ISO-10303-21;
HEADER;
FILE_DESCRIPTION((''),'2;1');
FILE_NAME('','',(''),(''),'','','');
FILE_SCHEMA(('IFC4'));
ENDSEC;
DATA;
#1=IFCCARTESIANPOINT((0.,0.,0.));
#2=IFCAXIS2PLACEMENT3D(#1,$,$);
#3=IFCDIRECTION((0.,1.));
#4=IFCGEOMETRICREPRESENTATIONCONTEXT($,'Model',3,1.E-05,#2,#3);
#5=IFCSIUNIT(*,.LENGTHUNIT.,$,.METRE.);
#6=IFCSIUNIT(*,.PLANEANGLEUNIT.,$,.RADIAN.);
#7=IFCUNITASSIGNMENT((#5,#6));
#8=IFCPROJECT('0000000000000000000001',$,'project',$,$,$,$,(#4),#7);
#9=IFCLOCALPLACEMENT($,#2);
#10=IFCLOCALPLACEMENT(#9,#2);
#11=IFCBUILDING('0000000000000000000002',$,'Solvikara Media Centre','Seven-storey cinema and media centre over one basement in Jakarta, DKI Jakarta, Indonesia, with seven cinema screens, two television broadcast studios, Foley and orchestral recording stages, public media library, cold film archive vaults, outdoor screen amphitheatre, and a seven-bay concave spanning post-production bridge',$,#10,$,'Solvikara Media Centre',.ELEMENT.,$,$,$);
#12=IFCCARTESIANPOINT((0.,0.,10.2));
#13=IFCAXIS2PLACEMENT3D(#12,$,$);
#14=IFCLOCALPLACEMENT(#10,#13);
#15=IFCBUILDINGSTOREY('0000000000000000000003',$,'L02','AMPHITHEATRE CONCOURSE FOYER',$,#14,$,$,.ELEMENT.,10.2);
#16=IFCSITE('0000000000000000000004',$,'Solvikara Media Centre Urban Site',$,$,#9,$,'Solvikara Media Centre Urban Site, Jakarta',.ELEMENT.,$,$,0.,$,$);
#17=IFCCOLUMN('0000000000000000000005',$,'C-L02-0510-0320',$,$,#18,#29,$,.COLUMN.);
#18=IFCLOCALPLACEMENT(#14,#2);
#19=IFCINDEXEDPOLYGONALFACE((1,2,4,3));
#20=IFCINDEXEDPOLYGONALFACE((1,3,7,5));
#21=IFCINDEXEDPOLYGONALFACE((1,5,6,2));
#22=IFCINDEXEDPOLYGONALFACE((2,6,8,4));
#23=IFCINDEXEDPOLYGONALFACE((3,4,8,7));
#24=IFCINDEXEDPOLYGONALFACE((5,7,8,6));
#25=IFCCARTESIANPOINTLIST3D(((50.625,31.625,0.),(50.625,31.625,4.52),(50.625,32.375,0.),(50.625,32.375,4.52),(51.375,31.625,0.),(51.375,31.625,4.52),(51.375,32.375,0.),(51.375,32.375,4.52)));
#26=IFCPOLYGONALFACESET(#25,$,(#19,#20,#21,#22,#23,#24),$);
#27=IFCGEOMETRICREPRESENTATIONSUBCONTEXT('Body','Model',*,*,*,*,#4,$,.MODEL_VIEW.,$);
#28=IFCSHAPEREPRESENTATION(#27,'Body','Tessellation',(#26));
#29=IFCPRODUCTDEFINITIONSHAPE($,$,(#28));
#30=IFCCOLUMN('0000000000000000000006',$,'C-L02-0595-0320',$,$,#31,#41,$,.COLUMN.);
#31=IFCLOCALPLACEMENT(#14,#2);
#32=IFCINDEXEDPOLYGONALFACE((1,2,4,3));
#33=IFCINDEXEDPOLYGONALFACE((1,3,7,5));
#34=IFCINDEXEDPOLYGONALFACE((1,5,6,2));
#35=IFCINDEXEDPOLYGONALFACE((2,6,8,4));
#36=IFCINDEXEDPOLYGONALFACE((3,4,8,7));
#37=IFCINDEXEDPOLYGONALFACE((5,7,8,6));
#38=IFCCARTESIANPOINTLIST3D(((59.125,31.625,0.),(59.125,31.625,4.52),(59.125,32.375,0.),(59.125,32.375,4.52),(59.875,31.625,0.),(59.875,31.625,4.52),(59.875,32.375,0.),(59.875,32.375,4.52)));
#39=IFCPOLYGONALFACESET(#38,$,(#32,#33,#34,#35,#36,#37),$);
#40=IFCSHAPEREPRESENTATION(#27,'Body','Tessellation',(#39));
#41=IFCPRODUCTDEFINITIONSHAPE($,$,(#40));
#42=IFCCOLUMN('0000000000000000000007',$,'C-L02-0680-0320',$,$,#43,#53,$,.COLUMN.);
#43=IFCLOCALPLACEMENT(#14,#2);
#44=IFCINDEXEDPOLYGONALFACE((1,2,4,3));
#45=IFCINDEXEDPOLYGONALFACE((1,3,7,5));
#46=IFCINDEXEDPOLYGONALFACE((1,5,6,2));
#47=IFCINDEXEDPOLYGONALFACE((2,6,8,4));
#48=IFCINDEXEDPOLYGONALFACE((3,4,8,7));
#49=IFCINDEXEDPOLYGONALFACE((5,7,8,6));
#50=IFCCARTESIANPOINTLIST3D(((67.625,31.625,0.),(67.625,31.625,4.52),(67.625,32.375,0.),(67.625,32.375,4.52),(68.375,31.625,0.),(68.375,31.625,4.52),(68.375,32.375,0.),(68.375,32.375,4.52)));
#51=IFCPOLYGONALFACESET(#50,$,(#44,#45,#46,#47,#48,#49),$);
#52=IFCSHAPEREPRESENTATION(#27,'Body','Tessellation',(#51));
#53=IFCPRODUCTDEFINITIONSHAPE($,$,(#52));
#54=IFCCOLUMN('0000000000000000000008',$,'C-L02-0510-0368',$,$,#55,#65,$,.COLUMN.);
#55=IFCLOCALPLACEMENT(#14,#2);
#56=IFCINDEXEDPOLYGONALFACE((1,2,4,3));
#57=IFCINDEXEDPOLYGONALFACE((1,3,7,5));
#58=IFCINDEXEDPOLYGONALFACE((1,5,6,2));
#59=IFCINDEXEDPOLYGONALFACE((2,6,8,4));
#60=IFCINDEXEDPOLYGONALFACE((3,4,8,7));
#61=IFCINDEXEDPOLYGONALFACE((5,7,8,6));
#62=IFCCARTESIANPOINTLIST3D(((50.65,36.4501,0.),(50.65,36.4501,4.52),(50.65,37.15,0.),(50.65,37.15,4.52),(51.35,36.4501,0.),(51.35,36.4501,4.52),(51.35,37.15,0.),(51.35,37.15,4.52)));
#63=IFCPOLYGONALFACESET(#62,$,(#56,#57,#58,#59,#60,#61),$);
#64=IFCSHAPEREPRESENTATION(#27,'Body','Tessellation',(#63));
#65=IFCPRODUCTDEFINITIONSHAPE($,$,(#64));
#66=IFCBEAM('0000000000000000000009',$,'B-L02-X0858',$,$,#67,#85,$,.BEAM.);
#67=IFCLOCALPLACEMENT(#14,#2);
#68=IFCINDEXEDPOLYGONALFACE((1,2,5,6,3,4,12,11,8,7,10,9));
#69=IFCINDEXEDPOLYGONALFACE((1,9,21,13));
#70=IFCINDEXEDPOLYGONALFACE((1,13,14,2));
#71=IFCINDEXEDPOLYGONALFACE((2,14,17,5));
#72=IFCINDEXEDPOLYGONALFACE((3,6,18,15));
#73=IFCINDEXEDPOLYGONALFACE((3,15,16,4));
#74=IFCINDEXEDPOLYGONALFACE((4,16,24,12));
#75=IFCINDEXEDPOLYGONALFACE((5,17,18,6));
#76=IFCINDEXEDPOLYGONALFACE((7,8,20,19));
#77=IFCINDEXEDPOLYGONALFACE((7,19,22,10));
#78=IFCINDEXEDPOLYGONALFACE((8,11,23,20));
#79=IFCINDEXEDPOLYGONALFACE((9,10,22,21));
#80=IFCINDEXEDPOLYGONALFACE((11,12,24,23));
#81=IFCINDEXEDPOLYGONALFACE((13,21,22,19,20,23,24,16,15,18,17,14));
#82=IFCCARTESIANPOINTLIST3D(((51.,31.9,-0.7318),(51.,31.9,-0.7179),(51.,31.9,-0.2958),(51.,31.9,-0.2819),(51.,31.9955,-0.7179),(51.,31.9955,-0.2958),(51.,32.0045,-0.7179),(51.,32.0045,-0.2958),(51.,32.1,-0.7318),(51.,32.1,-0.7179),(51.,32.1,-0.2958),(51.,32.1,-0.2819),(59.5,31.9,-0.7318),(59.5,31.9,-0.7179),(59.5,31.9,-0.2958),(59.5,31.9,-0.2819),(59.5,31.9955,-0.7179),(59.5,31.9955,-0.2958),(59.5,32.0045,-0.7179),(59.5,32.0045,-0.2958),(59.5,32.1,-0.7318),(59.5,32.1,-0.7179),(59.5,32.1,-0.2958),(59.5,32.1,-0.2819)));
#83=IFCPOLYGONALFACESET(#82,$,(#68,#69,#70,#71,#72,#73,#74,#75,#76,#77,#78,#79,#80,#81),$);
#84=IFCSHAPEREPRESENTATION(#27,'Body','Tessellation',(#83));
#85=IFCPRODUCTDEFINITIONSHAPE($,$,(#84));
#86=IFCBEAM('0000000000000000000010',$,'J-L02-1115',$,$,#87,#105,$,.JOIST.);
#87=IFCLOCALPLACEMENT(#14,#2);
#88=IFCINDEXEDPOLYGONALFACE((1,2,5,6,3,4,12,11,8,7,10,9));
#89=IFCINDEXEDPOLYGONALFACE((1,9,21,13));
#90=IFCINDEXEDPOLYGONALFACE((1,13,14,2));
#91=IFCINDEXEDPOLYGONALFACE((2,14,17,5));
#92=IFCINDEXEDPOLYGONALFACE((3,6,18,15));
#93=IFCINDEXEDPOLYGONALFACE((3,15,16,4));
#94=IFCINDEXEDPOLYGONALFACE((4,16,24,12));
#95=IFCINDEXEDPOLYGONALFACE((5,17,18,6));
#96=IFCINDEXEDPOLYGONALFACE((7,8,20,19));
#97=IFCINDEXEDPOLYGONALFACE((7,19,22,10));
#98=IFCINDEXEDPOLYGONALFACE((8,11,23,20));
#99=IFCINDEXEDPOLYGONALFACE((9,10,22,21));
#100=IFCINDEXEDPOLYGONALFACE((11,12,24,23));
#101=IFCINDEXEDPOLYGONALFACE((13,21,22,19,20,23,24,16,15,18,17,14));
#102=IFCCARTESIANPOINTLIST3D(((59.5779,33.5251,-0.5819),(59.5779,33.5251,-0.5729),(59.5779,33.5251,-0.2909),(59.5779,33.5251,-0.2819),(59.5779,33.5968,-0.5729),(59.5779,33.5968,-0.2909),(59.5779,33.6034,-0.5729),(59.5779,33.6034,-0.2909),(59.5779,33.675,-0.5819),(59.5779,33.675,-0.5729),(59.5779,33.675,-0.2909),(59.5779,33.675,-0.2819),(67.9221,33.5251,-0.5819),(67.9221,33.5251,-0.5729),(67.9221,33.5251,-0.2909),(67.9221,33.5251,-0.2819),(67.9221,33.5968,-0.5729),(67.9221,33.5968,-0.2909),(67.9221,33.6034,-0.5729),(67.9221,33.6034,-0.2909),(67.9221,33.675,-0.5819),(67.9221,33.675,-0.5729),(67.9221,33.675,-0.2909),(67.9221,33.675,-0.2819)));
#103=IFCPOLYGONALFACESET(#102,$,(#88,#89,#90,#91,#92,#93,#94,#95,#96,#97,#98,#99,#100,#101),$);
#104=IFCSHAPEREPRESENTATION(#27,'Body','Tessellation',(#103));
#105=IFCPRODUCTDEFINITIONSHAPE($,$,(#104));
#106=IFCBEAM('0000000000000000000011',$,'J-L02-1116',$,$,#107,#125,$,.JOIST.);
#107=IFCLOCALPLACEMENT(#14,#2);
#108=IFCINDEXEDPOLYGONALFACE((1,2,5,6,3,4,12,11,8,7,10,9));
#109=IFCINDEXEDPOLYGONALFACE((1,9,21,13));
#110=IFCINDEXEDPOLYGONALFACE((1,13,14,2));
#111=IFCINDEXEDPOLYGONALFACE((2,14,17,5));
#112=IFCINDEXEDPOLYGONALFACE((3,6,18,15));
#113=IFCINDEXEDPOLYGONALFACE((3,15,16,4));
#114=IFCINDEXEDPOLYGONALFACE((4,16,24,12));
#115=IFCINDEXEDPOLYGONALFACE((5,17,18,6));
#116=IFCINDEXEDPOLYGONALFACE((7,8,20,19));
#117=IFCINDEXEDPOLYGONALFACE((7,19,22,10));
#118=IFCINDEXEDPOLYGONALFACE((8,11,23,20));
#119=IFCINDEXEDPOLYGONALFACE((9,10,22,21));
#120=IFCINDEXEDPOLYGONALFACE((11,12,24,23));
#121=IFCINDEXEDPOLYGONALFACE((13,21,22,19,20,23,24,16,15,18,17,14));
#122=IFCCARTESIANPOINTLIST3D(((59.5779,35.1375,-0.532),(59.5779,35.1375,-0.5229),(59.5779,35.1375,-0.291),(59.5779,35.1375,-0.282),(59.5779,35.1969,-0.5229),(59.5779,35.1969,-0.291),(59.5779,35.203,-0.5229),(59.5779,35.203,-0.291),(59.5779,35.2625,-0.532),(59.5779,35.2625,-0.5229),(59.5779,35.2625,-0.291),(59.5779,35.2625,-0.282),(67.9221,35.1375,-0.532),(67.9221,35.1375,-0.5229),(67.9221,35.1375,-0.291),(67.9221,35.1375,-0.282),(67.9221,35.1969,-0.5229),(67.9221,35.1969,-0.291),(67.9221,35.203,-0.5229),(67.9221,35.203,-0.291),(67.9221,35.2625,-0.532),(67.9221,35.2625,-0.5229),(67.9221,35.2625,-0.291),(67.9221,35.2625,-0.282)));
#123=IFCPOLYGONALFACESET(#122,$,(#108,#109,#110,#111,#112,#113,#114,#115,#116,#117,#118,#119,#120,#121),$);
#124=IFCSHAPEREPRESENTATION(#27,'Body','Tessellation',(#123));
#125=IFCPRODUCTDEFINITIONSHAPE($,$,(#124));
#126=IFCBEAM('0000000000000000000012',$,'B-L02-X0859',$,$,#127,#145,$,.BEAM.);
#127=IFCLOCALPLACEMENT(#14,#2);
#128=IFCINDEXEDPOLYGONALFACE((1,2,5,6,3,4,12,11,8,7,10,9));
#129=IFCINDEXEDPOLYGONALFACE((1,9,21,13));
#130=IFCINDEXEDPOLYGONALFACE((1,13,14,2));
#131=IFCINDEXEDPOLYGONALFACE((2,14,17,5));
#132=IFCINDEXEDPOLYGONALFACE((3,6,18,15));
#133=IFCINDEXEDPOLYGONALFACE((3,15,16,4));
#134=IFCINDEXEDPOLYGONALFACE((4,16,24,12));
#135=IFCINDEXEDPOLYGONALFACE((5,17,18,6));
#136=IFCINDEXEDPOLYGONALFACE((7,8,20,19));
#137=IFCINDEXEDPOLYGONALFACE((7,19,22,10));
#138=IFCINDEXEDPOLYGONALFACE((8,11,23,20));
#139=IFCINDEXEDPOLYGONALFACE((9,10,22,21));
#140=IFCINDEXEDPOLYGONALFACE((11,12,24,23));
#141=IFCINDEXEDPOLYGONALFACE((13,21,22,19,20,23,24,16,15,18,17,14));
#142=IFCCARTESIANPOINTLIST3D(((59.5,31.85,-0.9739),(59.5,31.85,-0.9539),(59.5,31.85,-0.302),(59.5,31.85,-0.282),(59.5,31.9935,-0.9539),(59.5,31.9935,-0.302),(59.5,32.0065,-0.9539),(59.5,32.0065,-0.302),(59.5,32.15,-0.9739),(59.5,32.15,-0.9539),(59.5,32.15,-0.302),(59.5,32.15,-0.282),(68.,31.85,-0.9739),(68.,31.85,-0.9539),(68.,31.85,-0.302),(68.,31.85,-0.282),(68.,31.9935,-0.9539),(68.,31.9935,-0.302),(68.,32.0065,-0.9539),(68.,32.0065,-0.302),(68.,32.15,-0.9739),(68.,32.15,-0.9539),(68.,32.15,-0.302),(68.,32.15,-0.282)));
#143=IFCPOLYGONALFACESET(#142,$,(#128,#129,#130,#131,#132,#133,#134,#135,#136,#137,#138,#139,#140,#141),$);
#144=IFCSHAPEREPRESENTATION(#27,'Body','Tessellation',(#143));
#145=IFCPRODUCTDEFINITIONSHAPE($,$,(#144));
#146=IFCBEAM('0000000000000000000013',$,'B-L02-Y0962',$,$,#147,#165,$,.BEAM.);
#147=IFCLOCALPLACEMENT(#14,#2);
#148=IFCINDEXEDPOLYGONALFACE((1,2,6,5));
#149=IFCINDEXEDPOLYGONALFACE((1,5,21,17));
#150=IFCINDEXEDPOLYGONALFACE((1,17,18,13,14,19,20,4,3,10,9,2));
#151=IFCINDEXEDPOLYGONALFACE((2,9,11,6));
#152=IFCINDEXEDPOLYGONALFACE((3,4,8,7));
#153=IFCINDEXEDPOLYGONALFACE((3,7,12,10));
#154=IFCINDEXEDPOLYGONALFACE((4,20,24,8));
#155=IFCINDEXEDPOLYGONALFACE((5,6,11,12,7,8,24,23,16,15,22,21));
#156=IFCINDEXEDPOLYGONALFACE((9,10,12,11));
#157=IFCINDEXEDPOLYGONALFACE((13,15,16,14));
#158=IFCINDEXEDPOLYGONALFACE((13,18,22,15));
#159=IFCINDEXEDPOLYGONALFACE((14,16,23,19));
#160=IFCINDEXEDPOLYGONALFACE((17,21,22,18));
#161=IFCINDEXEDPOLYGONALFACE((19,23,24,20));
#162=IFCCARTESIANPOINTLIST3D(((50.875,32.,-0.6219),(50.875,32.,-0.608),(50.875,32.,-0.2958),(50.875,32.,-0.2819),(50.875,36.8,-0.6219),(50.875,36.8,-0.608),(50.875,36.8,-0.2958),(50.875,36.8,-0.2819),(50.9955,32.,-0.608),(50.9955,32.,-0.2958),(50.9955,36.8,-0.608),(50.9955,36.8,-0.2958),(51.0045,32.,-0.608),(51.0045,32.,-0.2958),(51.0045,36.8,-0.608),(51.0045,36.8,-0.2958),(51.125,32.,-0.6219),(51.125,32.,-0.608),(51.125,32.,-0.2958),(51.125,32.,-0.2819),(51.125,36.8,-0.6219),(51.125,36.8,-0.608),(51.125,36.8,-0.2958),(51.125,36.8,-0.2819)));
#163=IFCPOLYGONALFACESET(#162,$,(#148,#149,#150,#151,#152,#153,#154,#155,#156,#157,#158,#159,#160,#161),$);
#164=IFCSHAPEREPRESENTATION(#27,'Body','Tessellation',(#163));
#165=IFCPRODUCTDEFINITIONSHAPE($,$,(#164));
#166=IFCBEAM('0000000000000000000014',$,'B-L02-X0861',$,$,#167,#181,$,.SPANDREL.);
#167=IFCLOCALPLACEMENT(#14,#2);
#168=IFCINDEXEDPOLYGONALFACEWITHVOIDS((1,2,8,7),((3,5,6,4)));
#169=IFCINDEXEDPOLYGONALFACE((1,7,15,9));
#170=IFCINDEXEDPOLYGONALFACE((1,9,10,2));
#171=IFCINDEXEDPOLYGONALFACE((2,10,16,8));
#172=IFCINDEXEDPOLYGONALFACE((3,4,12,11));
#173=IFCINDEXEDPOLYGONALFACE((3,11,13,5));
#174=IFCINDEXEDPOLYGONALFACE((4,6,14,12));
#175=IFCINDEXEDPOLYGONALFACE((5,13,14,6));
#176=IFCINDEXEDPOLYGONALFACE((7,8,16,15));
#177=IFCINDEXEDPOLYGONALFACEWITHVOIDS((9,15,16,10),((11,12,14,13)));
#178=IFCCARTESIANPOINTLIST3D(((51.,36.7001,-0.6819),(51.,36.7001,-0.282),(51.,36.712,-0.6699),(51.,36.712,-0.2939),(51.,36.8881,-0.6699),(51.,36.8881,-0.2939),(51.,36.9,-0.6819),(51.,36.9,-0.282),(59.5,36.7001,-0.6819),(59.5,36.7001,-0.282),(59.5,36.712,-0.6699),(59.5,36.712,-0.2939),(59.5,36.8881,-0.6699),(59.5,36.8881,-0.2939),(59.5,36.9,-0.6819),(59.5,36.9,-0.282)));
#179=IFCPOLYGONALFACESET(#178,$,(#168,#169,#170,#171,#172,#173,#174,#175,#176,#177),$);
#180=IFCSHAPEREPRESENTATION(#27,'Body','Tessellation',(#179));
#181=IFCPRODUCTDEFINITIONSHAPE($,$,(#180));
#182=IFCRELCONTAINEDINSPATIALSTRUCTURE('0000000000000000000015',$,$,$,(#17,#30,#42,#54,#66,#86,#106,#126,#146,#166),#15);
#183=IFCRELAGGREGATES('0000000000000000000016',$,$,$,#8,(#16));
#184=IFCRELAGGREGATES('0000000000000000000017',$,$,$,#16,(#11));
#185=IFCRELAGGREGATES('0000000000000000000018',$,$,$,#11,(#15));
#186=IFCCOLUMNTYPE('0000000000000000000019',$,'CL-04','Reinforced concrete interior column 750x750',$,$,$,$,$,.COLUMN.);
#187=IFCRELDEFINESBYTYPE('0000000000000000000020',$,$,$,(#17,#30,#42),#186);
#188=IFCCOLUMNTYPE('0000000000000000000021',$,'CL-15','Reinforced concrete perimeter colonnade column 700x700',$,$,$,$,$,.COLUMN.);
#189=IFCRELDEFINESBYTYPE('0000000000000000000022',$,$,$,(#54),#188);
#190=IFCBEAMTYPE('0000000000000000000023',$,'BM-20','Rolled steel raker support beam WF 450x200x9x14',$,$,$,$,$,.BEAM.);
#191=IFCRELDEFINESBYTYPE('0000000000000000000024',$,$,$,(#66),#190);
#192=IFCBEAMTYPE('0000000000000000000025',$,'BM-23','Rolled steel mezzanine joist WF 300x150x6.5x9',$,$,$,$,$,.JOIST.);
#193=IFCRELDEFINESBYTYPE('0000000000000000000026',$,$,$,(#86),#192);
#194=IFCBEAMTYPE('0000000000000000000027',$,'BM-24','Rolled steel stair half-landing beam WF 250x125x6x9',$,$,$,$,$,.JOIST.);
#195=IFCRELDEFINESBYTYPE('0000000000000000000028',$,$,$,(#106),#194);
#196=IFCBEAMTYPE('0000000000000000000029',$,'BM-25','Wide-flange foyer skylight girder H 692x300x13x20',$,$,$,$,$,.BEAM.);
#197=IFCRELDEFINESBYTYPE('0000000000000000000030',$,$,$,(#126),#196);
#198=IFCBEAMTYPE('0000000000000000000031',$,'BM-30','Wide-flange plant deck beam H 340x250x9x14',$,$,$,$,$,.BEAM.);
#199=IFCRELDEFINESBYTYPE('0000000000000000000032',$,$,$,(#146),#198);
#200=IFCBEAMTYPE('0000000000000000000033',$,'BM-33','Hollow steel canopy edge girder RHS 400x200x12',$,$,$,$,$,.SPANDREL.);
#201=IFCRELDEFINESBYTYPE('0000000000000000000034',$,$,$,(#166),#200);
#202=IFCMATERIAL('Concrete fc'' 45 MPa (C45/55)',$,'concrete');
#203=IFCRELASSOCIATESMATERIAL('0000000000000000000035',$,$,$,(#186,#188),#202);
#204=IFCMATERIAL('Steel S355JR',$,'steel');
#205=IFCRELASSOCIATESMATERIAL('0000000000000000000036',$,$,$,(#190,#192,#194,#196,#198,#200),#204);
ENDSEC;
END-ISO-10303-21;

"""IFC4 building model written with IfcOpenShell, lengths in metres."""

from ifc_helpers import new_model, si_unit, direction, frame, origin, origin_2d, place, context, subcontext, project, spatial, rectangle, hollow_rectangle, i_section, extrude, material, material_profile, profile_set, type_object, element, save


model = new_model("IFC4")

# Units and contexts
model_context = context("Model", 3, precision=1e-05, world=origin(), true_north=direction((0.0, 1.0)))
body_context = subcontext(model_context, "Body", "Model", "MODEL_VIEW")
ifc_project = project(units=[si_unit("LENGTHUNIT", "METRE"), si_unit("PLANEANGLEUNIT", "RADIAN")], contexts=[model_context])

# Site, building, storey
site_placement = place(None, origin())
site = spatial("IfcSite", under=ifc_project, at=site_placement, Name="Solvikara Media Centre Urban Site", LongName="Solvikara Media Centre Urban Site, Jakarta", CompositionType="ELEMENT", RefElevation=0.0)
building_placement = place(site_placement, origin())
building = spatial("IfcBuilding", under=site, at=building_placement, Name="Solvikara Media Centre", Description="Seven-storey cinema and media centre over one basement in Jakarta, DKI Jakarta, Indonesia, with seven cinema screens, two television broadcast studios, Foley and orchestral recording stages, public media library, cold film archive vaults, outdoor screen amphitheatre, and a seven-bay concave spanning post-production bridge", LongName="Solvikara Media Centre", CompositionType="ELEMENT")
storey_placement = place(building_placement, frame((0.0, 0.0, 10.2)))
storey = spatial("IfcBuildingStorey", under=building, at=storey_placement, Name="L02", Description="AMPHITHEATRE CONCOURSE FOYER", CompositionType="ELEMENT", Elevation=10.2)

# Columns
ifc_material_1 = material(Name="Concrete fc' 45 MPa (C45/55)", Category="concrete")
ifc_material_profile_1 = material_profile(ifc_material_1, rectangle(XDim=0.75, YDim=0.75, at=origin_2d()), Name="RC 750x750")
ifc_profile_set_1 = profile_set([ifc_material_profile_1], Name="Concrete fc' 45 MPa (C45/55)")
column_type_1 = type_object("IfcColumnType", Name="CL-04", Description="Reinforced concrete interior column 750x750", PredefinedType="COLUMN", material=ifc_profile_set_1)
for number, where, z_axis, x_axis, name in (
    (1, (51.0, 32.0, 0.0), (0.0, 0.0, 1.0), (1.0, 0.0, 0.0), "C-L02-0510-0320"),
    (2, (59.5, 32.0, 0.0), (0.0, 0.0, 1.0), (1.0, 0.0, 0.0), "C-L02-0595-0320"),
    (3, (68.0, 32.0, 0.0), (0.0, 0.0, 1.0), (1.0, 0.0, 0.0), "C-L02-0680-0320"),
):
    element("IfcColumn", number, at=place(storey_placement, frame(where, z_axis=z_axis, x_axis=x_axis)), inside=storey, type_object=column_type_1, Name=name, PredefinedType="COLUMN", context=body_context, shape_type="SweptSolid", body=[
        extrude(rectangle(XDim=0.75, YDim=0.75, at=origin_2d()), origin(), (0.0, 0.0, 1.0), 4.52),
    ])
ifc_material_profile_2 = material_profile(ifc_material_1, rectangle(XDim=0.7, YDim=0.7, at=origin_2d()), Name="RC 700x700")
ifc_profile_set_2 = profile_set([ifc_material_profile_2], Name="Concrete fc' 45 MPa (C45/55)")
column_type_2 = type_object("IfcColumnType", Name="CL-15", Description="Reinforced concrete perimeter colonnade column 700x700", PredefinedType="COLUMN", material=ifc_profile_set_2)
column_placement = place(storey_placement, frame((51.0, 36.8, 0.0), z_axis=(0.0, 0.0, 1.0), x_axis=(1.0, 0.0, 0.0)))
element("IfcColumn", 4, at=column_placement, inside=storey, type_object=column_type_2, Name="C-L02-0510-0368", PredefinedType="COLUMN", context=body_context, shape_type="SweptSolid", body=[
    extrude(rectangle(XDim=0.7, YDim=0.7, at=origin_2d()), origin(), (0.0, 0.0, 1.0), 4.52),
])

# Beams
ifc_material_2 = material(Name="Steel S355JR", Category="steel")
ifc_material_profile_3 = material_profile(ifc_material_2, i_section(OverallWidth=0.2, OverallDepth=0.45, WebThickness=0.009, FlangeThickness=0.0139, at=origin_2d()), Name="WF 450x200x9x14")
ifc_profile_set_3 = profile_set([ifc_material_profile_3], Name="Steel S355JR")
beam_type_1 = type_object("IfcBeamType", Name="BM-20", Description="Rolled steel raker support beam WF 450x200x9x14", PredefinedType="BEAM", material=ifc_profile_set_3)
beam_1_placement = place(storey_placement, frame((51.0, 32.0, -0.5068), z_axis=(1.0, 0.0, 0.0), x_axis=(0.0, 1.0, 0.0)))
element("IfcBeam", 5, at=beam_1_placement, inside=storey, type_object=beam_type_1, Name="B-L02-X0858", PredefinedType="BEAM", context=body_context, shape_type="SweptSolid", body=[
    extrude(i_section(OverallWidth=0.2, OverallDepth=0.45, WebThickness=0.009, FlangeThickness=0.0139, at=origin_2d()), origin(), (0.0, 0.0, 1.0), 8.5),
])
ifc_material_profile_4 = material_profile(ifc_material_2, i_section(OverallWidth=0.1499, OverallDepth=0.3, WebThickness=0.0066, FlangeThickness=0.009, at=origin_2d()), Name="WF 300x150x6.5x9")
ifc_profile_set_4 = profile_set([ifc_material_profile_4], Name="Steel S355JR")
beam_type_2 = type_object("IfcBeamType", Name="BM-23", Description="Rolled steel mezzanine joist WF 300x150x6.5x9", PredefinedType="JOIST", material=ifc_profile_set_4)
beam_2_placement = place(storey_placement, frame((59.5779, 33.6001, -0.4319), z_axis=(1.0, 0.0, 0.0), x_axis=(0.0, 1.0, 0.0)))
element("IfcBeam", 6, at=beam_2_placement, inside=storey, type_object=beam_type_2, Name="J-L02-1115", PredefinedType="JOIST", context=body_context, shape_type="SweptSolid", body=[
    extrude(i_section(OverallWidth=0.1499, OverallDepth=0.3, WebThickness=0.0066, FlangeThickness=0.009, at=origin_2d()), origin(), (0.0, 0.0, 1.0), 8.3442),
])
ifc_material_profile_5 = material_profile(ifc_material_2, i_section(OverallWidth=0.125, OverallDepth=0.25, WebThickness=0.0061, FlangeThickness=0.009, at=origin_2d()), Name="WF 250x125x6x9")
ifc_profile_set_5 = profile_set([ifc_material_profile_5], Name="Steel S355JR")
beam_type_3 = type_object("IfcBeamType", Name="BM-24", Description="Rolled steel stair half-landing beam WF 250x125x6x9", PredefinedType="JOIST", material=ifc_profile_set_5)
beam_3_placement = place(storey_placement, frame((59.5779, 35.2, -0.407), z_axis=(1.0, 0.0, 0.0), x_axis=(0.0, 1.0, 0.0)))
element("IfcBeam", 7, at=beam_3_placement, inside=storey, type_object=beam_type_3, Name="J-L02-1116", PredefinedType="JOIST", context=body_context, shape_type="SweptSolid", body=[
    extrude(i_section(OverallWidth=0.125, OverallDepth=0.25, WebThickness=0.0061, FlangeThickness=0.009, at=origin_2d()), origin(), (0.0, 0.0, 1.0), 8.3442),
])
ifc_material_profile_6 = material_profile(ifc_material_2, i_section(OverallWidth=0.3, OverallDepth=0.6919, WebThickness=0.0129, FlangeThickness=0.02, at=origin_2d()), Name="H 692x300x13x20")
ifc_profile_set_6 = profile_set([ifc_material_profile_6], Name="Steel S355JR")
beam_type_4 = type_object("IfcBeamType", Name="BM-25", Description="Wide-flange foyer skylight girder H 692x300x13x20", PredefinedType="BEAM", material=ifc_profile_set_6)
beam_4_placement = place(storey_placement, frame((59.5, 32.0, -0.6279), z_axis=(1.0, 0.0, 0.0), x_axis=(0.0, 1.0, 0.0)))
element("IfcBeam", 8, at=beam_4_placement, inside=storey, type_object=beam_type_4, Name="B-L02-X0859", PredefinedType="BEAM", context=body_context, shape_type="SweptSolid", body=[
    extrude(i_section(OverallWidth=0.3, OverallDepth=0.6919, WebThickness=0.0129, FlangeThickness=0.02, at=origin_2d()), origin(), (0.0, 0.0, 1.0), 8.5),
])
ifc_material_profile_7 = material_profile(ifc_material_2, i_section(OverallWidth=0.25, OverallDepth=0.3401, WebThickness=0.009, FlangeThickness=0.0139, at=origin_2d()), Name="H 340x250x9x14")
ifc_profile_set_7 = profile_set([ifc_material_profile_7], Name="Steel S355JR")
beam_type_5 = type_object("IfcBeamType", Name="BM-30", Description="Wide-flange plant deck beam H 340x250x9x14", PredefinedType="BEAM", material=ifc_profile_set_7)
beam_5_placement = place(storey_placement, frame((51.0, 32.0, -0.4519), z_axis=(0.0, 1.0, 0.0), x_axis=(-1.0, 0.0, 0.0)))
element("IfcBeam", 9, at=beam_5_placement, inside=storey, type_object=beam_type_5, Name="B-L02-Y0962", PredefinedType="BEAM", context=body_context, shape_type="SweptSolid", body=[
    extrude(i_section(OverallWidth=0.25, OverallDepth=0.3401, WebThickness=0.009, FlangeThickness=0.0139, at=origin_2d()), origin(), (0.0, 0.0, 1.0), 4.8),
])
ifc_material_profile_8 = material_profile(ifc_material_2, hollow_rectangle(XDim=0.2, YDim=0.3999, WallThickness=0.012, at=origin_2d()), Name="RHS 400x200x12")
ifc_profile_set_8 = profile_set([ifc_material_profile_8], Name="Steel S355JR")
beam_type_6 = type_object("IfcBeamType", Name="BM-33", Description="Hollow steel canopy edge girder RHS 400x200x12", PredefinedType="SPANDREL", material=ifc_profile_set_8)
beam_6_placement = place(storey_placement, frame((51.0, 36.8, -0.4819), z_axis=(1.0, 0.0, 0.0), x_axis=(0.0, 1.0, 0.0)))
element("IfcBeam", 10, at=beam_6_placement, inside=storey, type_object=beam_type_6, Name="B-L02-X0861", PredefinedType="SPANDREL", context=body_context, shape_type="SweptSolid", body=[
    extrude(hollow_rectangle(XDim=0.2, YDim=0.3999, WallThickness=0.012, at=origin_2d()), origin(), (0.0, 0.0, 1.0), 8.5),
])

save(model, "model.ifc")
